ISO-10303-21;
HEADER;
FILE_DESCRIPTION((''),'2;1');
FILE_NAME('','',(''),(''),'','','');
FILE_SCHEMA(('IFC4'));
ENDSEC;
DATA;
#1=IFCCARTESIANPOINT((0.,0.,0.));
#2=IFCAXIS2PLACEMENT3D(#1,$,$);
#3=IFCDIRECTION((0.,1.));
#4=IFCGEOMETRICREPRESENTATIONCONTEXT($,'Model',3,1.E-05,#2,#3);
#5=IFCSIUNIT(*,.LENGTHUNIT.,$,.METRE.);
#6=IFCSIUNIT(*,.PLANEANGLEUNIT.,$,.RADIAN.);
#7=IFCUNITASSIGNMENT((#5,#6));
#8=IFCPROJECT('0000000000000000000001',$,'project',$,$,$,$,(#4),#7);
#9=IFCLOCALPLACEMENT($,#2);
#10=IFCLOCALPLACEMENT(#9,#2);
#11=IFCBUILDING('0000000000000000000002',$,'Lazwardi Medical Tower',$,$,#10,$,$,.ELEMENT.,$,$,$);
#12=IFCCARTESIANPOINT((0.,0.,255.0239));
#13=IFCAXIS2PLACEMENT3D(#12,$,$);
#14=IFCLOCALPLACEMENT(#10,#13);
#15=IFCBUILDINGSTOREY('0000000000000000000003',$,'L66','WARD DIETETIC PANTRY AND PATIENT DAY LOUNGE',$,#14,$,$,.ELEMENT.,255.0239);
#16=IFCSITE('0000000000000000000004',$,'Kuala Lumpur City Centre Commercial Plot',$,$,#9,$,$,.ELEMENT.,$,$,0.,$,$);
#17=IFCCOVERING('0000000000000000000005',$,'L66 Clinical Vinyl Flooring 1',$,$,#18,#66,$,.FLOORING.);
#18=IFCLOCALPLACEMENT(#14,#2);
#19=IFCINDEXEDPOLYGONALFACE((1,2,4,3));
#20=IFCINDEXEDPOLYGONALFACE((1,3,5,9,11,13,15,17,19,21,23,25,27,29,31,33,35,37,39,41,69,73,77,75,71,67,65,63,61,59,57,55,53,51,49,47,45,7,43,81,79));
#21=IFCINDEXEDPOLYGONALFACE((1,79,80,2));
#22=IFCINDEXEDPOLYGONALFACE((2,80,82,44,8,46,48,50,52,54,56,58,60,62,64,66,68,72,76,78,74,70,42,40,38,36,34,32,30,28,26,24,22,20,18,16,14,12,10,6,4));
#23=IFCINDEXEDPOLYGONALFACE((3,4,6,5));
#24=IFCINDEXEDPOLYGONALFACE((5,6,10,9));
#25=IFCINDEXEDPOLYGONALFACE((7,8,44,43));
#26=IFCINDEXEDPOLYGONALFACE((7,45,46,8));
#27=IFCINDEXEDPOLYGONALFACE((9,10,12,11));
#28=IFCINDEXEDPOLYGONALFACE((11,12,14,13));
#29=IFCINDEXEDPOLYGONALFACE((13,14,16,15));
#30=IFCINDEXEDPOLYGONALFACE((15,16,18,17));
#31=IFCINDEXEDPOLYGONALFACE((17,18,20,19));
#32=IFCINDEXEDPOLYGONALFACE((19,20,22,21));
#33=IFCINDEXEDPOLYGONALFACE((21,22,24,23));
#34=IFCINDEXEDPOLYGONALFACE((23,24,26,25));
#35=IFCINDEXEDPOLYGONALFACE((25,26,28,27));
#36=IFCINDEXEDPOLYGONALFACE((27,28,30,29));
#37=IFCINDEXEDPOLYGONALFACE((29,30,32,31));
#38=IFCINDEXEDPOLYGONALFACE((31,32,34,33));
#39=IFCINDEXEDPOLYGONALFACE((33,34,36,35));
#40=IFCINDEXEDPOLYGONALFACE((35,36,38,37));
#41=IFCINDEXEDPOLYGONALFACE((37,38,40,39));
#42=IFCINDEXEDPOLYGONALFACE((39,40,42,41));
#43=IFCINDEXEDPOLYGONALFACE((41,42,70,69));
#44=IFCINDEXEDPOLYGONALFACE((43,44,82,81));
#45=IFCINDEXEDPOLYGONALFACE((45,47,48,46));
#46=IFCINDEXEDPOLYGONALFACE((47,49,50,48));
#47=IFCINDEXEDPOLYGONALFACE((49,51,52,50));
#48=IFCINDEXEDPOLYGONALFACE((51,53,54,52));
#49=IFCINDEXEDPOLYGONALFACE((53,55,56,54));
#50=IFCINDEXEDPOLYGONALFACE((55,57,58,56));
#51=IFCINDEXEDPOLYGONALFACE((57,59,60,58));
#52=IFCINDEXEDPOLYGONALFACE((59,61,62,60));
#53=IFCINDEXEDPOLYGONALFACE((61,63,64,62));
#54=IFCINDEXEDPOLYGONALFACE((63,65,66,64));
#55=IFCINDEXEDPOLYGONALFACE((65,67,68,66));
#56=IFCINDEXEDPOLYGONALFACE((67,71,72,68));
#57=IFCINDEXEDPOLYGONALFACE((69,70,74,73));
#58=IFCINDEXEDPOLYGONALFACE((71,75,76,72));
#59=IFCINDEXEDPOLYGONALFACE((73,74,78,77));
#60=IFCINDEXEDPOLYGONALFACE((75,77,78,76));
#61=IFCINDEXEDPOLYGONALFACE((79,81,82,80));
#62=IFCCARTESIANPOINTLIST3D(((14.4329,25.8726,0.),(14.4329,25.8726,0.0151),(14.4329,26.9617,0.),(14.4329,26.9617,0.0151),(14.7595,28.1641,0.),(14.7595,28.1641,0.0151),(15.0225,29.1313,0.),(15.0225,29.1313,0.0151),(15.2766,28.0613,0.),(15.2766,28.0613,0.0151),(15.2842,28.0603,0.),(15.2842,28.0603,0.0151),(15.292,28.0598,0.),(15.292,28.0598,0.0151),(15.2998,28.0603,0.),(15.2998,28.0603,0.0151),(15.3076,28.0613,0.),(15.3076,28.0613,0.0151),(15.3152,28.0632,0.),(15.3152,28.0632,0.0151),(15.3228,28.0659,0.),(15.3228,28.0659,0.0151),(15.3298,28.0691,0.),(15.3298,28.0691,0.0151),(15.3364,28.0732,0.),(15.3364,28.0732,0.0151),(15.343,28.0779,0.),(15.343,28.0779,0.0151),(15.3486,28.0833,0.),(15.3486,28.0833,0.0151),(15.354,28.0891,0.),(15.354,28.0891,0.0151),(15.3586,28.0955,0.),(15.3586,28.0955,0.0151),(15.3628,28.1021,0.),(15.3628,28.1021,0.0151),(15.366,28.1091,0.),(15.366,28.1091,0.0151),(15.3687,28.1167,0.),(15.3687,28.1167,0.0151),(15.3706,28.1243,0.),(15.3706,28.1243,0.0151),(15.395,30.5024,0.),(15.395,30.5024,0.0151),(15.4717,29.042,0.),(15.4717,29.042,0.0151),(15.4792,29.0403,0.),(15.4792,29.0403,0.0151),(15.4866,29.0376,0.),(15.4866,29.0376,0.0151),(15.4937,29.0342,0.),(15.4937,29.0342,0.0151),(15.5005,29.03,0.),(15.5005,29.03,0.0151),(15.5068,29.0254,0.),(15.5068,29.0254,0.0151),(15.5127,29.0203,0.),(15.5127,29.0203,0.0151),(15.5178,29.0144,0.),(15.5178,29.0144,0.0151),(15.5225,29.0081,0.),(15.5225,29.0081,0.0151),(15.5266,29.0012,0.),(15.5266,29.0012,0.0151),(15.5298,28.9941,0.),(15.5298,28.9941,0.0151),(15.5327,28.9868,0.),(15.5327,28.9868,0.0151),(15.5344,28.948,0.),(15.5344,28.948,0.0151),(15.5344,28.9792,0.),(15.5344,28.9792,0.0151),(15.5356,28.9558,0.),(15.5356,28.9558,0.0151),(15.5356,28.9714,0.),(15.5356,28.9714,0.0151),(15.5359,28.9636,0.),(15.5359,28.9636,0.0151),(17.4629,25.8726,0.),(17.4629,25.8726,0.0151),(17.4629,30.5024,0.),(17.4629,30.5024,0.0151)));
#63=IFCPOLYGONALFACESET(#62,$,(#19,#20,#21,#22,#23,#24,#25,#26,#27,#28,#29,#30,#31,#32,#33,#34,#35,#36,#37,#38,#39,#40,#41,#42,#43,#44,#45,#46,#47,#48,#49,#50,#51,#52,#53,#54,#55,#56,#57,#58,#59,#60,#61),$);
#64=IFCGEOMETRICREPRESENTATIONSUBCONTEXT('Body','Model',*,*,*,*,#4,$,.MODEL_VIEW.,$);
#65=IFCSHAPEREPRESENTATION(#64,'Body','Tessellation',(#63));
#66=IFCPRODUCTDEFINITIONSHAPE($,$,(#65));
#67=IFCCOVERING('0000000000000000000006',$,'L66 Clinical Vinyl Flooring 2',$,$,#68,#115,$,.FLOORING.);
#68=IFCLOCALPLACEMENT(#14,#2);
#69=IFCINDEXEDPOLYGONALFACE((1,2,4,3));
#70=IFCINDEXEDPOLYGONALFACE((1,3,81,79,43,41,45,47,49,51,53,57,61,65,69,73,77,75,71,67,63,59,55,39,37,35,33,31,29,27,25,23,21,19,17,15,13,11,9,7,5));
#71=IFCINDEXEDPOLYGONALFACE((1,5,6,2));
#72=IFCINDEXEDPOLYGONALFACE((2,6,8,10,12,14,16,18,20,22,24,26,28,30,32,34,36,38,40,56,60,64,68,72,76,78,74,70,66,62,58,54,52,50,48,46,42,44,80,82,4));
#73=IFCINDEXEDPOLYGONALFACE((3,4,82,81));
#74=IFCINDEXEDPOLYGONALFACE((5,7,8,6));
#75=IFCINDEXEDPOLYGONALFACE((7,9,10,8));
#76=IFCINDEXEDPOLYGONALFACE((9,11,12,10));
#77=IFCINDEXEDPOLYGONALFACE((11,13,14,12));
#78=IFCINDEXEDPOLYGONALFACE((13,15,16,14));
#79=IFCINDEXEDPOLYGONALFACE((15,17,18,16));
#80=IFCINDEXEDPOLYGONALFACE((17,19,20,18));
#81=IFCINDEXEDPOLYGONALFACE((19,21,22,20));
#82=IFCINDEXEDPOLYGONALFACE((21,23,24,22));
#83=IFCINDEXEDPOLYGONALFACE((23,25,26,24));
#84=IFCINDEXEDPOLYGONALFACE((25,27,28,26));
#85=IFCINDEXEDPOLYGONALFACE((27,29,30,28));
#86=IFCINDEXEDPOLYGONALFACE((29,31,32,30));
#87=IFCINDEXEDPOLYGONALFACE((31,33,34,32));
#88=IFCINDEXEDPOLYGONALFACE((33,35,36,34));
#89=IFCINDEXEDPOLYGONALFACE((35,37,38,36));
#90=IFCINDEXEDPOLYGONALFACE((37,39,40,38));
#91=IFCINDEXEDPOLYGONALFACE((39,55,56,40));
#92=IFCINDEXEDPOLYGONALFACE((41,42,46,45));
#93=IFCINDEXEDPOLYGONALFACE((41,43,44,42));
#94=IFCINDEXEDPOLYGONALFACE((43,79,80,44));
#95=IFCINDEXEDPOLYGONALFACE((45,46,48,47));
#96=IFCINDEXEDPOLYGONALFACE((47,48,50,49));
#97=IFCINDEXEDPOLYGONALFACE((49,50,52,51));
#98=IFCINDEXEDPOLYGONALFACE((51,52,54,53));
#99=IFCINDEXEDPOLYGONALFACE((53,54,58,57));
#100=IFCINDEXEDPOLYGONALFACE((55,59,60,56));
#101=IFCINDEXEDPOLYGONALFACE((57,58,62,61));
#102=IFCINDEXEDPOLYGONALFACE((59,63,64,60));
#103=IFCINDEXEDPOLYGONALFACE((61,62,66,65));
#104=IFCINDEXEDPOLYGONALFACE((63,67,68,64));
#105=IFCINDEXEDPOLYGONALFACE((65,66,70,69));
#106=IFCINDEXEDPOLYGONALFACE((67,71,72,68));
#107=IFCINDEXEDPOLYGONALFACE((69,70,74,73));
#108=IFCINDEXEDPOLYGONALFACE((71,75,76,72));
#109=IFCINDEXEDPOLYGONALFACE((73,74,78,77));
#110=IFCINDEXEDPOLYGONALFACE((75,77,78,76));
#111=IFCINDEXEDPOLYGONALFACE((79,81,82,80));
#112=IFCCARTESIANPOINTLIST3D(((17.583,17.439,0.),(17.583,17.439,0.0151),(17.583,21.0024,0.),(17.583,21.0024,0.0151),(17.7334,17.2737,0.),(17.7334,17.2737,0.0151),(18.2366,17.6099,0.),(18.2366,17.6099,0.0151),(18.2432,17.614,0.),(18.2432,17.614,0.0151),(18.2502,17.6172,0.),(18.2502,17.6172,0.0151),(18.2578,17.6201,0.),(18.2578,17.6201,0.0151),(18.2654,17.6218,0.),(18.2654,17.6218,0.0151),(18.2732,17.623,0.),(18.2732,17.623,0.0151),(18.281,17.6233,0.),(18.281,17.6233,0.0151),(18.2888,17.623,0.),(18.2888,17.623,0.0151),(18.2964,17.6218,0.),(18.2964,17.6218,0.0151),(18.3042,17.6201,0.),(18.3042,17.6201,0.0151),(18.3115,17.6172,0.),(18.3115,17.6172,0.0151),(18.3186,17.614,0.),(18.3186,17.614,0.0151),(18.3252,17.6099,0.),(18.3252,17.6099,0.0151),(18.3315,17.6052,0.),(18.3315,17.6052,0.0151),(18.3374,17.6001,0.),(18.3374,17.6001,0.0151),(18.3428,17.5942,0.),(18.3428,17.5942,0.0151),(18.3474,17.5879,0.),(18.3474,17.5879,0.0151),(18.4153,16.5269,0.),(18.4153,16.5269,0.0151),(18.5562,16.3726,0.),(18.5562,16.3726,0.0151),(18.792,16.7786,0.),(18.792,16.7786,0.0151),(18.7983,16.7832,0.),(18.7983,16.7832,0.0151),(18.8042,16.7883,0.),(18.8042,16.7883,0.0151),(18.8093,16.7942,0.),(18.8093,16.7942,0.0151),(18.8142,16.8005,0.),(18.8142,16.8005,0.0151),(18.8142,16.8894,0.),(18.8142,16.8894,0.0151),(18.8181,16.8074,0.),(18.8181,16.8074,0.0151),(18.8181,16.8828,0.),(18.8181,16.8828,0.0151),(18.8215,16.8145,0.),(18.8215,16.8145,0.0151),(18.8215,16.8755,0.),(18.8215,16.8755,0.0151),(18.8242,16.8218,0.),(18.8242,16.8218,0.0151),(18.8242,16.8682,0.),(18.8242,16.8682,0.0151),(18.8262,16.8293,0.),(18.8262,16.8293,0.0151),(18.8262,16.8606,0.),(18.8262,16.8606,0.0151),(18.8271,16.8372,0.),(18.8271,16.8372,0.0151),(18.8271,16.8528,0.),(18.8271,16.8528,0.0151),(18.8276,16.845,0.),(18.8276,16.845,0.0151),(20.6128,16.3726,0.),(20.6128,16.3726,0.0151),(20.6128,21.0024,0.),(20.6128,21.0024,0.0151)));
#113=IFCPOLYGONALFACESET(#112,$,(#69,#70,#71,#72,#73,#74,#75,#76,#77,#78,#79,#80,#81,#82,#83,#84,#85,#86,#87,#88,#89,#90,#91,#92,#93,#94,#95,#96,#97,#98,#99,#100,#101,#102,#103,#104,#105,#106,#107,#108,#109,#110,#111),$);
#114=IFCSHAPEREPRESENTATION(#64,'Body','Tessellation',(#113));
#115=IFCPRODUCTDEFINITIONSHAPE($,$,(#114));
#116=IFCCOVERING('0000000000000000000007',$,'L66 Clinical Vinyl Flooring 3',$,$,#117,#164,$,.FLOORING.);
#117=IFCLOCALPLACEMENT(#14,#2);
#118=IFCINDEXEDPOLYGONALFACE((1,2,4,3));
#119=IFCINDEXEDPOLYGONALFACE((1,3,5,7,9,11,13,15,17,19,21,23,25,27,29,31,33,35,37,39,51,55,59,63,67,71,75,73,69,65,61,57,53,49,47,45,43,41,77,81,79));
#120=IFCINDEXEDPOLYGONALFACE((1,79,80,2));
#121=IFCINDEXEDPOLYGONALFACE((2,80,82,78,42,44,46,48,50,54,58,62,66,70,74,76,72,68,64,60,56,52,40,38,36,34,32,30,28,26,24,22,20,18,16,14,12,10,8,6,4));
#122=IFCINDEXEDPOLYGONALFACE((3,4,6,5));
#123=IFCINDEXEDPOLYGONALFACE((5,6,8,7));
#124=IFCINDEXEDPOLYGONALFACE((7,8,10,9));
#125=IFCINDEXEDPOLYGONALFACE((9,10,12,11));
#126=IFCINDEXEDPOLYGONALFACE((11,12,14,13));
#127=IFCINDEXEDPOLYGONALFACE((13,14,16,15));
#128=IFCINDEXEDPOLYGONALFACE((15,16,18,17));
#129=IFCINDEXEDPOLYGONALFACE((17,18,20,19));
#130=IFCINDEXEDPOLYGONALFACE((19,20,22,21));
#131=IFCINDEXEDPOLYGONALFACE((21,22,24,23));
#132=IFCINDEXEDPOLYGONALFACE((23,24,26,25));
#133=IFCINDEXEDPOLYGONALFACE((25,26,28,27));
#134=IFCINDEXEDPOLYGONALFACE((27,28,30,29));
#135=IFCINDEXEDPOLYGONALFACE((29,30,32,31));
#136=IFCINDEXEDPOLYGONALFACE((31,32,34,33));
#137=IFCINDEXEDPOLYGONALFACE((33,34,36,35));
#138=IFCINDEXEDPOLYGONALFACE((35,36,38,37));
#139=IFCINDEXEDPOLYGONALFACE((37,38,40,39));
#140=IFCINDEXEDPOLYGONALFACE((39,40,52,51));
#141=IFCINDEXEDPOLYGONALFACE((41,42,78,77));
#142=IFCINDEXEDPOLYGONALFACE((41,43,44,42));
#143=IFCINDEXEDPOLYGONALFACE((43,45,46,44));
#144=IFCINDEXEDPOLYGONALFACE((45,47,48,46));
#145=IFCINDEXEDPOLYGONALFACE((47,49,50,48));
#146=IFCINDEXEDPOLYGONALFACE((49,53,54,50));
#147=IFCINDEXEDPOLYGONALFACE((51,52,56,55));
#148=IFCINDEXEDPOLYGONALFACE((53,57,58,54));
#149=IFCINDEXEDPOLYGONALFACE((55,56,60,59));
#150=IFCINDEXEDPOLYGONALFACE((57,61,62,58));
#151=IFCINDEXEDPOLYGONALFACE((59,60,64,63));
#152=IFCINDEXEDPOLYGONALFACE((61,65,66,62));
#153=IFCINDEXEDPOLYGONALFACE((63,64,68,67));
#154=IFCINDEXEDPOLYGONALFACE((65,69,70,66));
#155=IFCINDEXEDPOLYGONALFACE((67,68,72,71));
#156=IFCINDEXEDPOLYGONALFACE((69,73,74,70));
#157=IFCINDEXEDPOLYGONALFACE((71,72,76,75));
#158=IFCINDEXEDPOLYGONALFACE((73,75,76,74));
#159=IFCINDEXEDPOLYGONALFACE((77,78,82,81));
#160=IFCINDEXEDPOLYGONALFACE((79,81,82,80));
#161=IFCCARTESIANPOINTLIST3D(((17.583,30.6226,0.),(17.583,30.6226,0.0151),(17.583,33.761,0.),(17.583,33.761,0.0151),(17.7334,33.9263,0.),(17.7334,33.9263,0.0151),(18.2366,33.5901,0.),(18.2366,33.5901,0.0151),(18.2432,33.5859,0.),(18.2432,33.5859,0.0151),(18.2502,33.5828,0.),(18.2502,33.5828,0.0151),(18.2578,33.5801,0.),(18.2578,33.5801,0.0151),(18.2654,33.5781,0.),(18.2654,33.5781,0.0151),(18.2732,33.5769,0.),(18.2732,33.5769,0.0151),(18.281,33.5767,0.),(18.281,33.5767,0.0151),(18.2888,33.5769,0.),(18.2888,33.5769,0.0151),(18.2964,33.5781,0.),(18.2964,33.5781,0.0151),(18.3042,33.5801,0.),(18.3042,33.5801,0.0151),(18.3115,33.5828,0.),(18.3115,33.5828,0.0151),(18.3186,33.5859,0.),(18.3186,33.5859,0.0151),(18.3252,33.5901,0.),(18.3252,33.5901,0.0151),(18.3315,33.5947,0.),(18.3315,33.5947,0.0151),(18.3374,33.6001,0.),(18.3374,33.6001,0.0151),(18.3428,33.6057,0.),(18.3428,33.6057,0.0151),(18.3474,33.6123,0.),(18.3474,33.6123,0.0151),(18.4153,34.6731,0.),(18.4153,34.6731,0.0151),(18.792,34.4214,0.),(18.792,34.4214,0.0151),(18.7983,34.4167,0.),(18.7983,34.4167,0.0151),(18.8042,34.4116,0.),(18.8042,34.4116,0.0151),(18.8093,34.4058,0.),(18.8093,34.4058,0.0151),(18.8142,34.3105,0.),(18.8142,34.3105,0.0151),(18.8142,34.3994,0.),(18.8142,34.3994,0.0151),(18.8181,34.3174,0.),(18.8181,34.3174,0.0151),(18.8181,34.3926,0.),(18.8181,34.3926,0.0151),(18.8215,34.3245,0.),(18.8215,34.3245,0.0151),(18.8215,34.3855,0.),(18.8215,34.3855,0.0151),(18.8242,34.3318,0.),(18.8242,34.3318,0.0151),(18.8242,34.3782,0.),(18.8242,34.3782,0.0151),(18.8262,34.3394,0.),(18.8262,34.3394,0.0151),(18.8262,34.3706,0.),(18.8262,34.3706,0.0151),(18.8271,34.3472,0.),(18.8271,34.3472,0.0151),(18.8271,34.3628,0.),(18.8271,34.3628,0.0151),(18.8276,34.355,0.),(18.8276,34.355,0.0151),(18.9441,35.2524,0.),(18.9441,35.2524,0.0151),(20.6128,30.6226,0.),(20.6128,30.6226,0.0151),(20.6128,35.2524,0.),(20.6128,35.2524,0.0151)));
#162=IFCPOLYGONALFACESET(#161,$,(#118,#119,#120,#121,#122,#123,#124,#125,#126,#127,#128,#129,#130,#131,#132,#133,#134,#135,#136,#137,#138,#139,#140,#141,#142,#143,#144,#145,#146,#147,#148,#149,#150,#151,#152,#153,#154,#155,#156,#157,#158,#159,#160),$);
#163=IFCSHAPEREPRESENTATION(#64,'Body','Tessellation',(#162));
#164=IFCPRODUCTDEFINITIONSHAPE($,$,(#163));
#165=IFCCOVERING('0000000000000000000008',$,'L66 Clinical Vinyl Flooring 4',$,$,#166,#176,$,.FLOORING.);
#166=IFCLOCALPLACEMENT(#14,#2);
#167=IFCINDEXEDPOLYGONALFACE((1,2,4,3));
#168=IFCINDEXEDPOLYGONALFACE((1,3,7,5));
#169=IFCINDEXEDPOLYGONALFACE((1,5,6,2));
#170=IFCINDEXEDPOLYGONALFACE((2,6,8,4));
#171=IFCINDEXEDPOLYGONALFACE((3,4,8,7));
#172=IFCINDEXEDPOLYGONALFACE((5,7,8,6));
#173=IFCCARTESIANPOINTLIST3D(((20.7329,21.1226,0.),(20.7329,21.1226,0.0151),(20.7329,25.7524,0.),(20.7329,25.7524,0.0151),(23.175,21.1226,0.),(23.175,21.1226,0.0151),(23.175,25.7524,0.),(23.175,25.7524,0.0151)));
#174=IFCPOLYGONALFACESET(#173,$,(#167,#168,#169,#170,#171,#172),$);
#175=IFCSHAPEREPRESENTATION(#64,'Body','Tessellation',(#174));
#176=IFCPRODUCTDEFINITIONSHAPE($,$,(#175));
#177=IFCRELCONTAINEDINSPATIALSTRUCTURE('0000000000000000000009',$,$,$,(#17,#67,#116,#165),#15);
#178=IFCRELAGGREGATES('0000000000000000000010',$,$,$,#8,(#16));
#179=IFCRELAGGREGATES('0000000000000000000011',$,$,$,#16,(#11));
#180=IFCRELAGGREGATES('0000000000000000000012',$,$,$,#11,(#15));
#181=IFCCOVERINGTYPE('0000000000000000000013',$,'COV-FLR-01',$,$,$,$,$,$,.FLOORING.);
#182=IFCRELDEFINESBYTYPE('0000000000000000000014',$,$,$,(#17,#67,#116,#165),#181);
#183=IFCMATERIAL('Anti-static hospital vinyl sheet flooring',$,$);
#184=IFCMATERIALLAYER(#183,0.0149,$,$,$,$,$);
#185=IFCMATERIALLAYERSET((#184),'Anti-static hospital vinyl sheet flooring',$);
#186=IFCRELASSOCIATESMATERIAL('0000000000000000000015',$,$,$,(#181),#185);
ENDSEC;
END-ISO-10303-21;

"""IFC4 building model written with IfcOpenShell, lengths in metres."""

from ifc_helpers import new_model, si_unit, direction, frame, origin, place, context, subcontext, project, spatial, polyline, outline, extrude, material, layer, layer_set, type_object, element, save


model = new_model("IFC4")

# Units and contexts
model_context = context("Model", 3, precision=1e-05, world=origin(), true_north=direction((0.0, 1.0)))
body_context = subcontext(model_context, "Body", "Model", "MODEL_VIEW")
ifc_project = project(units=[si_unit("LENGTHUNIT", "METRE"), si_unit("PLANEANGLEUNIT", "RADIAN")], contexts=[model_context])

# Site, building, storey
site_placement = place(None, origin())
site = spatial("IfcSite", under=ifc_project, at=site_placement, Name="Kuala Lumpur City Centre Commercial Plot", CompositionType="ELEMENT", RefElevation=0.0)
building_placement = place(site_placement, origin())
building = spatial("IfcBuilding", under=site, at=building_placement, Name="Lazwardi Medical Tower", CompositionType="ELEMENT")
storey_placement = place(building_placement, frame((0.0, 0.0, 255.0239)))
storey = spatial("IfcBuildingStorey", under=building, at=storey_placement, Name="L66", Description="WARD DIETETIC PANTRY AND PATIENT DAY LOUNGE", CompositionType="ELEMENT", Elevation=255.0239)

# Coverings
ifc_material_1 = material(Name="Anti-static hospital vinyl sheet flooring")
ifc_layer_1 = layer(ifc_material_1, 0.0149)
ifc_layer_set_1 = layer_set([ifc_layer_1], Name="Anti-static hospital vinyl sheet flooring")
covering_type_1 = type_object("IfcCoveringType", Name="COV-FLR-01", PredefinedType="FLOORING", material=ifc_layer_set_1)
covering_1_placement = place(storey_placement, origin())
element("IfcCovering", 1, at=covering_1_placement, inside=storey, type_object=covering_type_1, Name="L66 Clinical Vinyl Flooring 1", PredefinedType="FLOORING", context=body_context, shape_type="SweptSolid", body=[
    extrude(outline(polyline([(15.395, 30.5024), (15.0225, 29.1313), (15.4717, 29.042), (15.4792, 29.0403), (15.4866, 29.0376), (15.4937, 29.0342), (15.5005, 29.03), (15.5068, 29.0254), (15.5127, 29.0203), (15.5178, 29.0144), (15.5225, 29.0081), (15.5266, 29.0012), (15.5298, 28.9941), (15.5327, 28.9868), (15.5344, 28.9792), (15.5356, 28.9714), (15.5359, 28.9636), (15.5356, 28.9558), (15.5344, 28.948), (15.3706, 28.1243), (15.3687, 28.1167), (15.366, 28.1091), (15.3628, 28.1021), (15.3586, 28.0955), (15.354, 28.0891), (15.3486, 28.0833), (15.343, 28.0779), (15.3364, 28.0732), (15.3298, 28.0691), (15.3228, 28.0659), (15.3152, 28.0632), (15.3076, 28.0613), (15.2998, 28.0603), (15.292, 28.0598), (15.2842, 28.0603), (15.2766, 28.0613), (14.7595, 28.1641), (14.4329, 26.9617), (14.4329, 25.8726), (17.4629, 25.8726), (17.4629, 30.5024), (15.395, 30.5024)])), origin(), (0.0, 0.0, 1.0), 0.0151),
])
covering_2_placement = place(storey_placement, origin())
element("IfcCovering", 2, at=covering_2_placement, inside=storey, type_object=covering_type_1, Name="L66 Clinical Vinyl Flooring 2", PredefinedType="FLOORING", context=body_context, shape_type="SweptSolid", body=[
    extrude(outline(polyline([(17.583, 17.439), (17.7334, 17.2737), (18.2366, 17.6099), (18.2432, 17.614), (18.2502, 17.6172), (18.2578, 17.6201), (18.2654, 17.6218), (18.2732, 17.623), (18.281, 17.6233), (18.2888, 17.623), (18.2964, 17.6218), (18.3042, 17.6201), (18.3115, 17.6172), (18.3186, 17.614), (18.3252, 17.6099), (18.3315, 17.6052), (18.3374, 17.6001), (18.3428, 17.5942), (18.3474, 17.5879), (18.8142, 16.8894), (18.8181, 16.8828), (18.8215, 16.8755), (18.8242, 16.8682), (18.8262, 16.8606), (18.8271, 16.8528), (18.8276, 16.845), (18.8271, 16.8372), (18.8262, 16.8293), (18.8242, 16.8218), (18.8215, 16.8145), (18.8181, 16.8074), (18.8142, 16.8005), (18.8093, 16.7942), (18.8042, 16.7883), (18.7983, 16.7832), (18.792, 16.7786), (18.4153, 16.5269), (18.5562, 16.3726), (20.6128, 16.3726), (20.6128, 21.0024), (17.583, 21.0024), (17.583, 17.439)])), origin(), (0.0, 0.0, 1.0), 0.0151),
])
covering_3_placement = place(storey_placement, origin())
element("IfcCovering", 3, at=covering_3_placement, inside=storey, type_object=covering_type_1, Name="L66 Clinical Vinyl Flooring 3", PredefinedType="FLOORING", context=body_context, shape_type="SweptSolid", body=[
    extrude(outline(polyline([(18.9441, 35.2524), (18.4153, 34.6731), (18.792, 34.4214), (18.7983, 34.4167), (18.8042, 34.4116), (18.8093, 34.4058), (18.8142, 34.3994), (18.8181, 34.3926), (18.8215, 34.3855), (18.8242, 34.3782), (18.8262, 34.3706), (18.8271, 34.3628), (18.8276, 34.355), (18.8271, 34.3472), (18.8262, 34.3394), (18.8242, 34.3318), (18.8215, 34.3245), (18.8181, 34.3174), (18.8142, 34.3105), (18.3474, 33.6123), (18.3428, 33.6057), (18.3374, 33.6001), (18.3315, 33.5947), (18.3252, 33.5901), (18.3186, 33.5859), (18.3115, 33.5828), (18.3042, 33.5801), (18.2964, 33.5781), (18.2888, 33.5769), (18.281, 33.5767), (18.2732, 33.5769), (18.2654, 33.5781), (18.2578, 33.5801), (18.2502, 33.5828), (18.2432, 33.5859), (18.2366, 33.5901), (17.7334, 33.9263), (17.583, 33.761), (17.583, 30.6226), (20.6128, 30.6226), (20.6128, 35.2524), (18.9441, 35.2524)])), origin(), (0.0, 0.0, 1.0), 0.0151),
])
covering_4_placement = place(storey_placement, origin())
element("IfcCovering", 4, at=covering_4_placement, inside=storey, type_object=covering_type_1, Name="L66 Clinical Vinyl Flooring 4", PredefinedType="FLOORING", context=body_context, shape_type="SweptSolid", body=[
    extrude(outline(polyline([(23.175, 21.1226), (23.175, 25.7524), (20.7329, 25.7524), (20.7329, 21.1226), (23.175, 21.1226)])), origin(), (0.0, 0.0, 1.0), 0.0151),
])

save(model, "model.ifc")
